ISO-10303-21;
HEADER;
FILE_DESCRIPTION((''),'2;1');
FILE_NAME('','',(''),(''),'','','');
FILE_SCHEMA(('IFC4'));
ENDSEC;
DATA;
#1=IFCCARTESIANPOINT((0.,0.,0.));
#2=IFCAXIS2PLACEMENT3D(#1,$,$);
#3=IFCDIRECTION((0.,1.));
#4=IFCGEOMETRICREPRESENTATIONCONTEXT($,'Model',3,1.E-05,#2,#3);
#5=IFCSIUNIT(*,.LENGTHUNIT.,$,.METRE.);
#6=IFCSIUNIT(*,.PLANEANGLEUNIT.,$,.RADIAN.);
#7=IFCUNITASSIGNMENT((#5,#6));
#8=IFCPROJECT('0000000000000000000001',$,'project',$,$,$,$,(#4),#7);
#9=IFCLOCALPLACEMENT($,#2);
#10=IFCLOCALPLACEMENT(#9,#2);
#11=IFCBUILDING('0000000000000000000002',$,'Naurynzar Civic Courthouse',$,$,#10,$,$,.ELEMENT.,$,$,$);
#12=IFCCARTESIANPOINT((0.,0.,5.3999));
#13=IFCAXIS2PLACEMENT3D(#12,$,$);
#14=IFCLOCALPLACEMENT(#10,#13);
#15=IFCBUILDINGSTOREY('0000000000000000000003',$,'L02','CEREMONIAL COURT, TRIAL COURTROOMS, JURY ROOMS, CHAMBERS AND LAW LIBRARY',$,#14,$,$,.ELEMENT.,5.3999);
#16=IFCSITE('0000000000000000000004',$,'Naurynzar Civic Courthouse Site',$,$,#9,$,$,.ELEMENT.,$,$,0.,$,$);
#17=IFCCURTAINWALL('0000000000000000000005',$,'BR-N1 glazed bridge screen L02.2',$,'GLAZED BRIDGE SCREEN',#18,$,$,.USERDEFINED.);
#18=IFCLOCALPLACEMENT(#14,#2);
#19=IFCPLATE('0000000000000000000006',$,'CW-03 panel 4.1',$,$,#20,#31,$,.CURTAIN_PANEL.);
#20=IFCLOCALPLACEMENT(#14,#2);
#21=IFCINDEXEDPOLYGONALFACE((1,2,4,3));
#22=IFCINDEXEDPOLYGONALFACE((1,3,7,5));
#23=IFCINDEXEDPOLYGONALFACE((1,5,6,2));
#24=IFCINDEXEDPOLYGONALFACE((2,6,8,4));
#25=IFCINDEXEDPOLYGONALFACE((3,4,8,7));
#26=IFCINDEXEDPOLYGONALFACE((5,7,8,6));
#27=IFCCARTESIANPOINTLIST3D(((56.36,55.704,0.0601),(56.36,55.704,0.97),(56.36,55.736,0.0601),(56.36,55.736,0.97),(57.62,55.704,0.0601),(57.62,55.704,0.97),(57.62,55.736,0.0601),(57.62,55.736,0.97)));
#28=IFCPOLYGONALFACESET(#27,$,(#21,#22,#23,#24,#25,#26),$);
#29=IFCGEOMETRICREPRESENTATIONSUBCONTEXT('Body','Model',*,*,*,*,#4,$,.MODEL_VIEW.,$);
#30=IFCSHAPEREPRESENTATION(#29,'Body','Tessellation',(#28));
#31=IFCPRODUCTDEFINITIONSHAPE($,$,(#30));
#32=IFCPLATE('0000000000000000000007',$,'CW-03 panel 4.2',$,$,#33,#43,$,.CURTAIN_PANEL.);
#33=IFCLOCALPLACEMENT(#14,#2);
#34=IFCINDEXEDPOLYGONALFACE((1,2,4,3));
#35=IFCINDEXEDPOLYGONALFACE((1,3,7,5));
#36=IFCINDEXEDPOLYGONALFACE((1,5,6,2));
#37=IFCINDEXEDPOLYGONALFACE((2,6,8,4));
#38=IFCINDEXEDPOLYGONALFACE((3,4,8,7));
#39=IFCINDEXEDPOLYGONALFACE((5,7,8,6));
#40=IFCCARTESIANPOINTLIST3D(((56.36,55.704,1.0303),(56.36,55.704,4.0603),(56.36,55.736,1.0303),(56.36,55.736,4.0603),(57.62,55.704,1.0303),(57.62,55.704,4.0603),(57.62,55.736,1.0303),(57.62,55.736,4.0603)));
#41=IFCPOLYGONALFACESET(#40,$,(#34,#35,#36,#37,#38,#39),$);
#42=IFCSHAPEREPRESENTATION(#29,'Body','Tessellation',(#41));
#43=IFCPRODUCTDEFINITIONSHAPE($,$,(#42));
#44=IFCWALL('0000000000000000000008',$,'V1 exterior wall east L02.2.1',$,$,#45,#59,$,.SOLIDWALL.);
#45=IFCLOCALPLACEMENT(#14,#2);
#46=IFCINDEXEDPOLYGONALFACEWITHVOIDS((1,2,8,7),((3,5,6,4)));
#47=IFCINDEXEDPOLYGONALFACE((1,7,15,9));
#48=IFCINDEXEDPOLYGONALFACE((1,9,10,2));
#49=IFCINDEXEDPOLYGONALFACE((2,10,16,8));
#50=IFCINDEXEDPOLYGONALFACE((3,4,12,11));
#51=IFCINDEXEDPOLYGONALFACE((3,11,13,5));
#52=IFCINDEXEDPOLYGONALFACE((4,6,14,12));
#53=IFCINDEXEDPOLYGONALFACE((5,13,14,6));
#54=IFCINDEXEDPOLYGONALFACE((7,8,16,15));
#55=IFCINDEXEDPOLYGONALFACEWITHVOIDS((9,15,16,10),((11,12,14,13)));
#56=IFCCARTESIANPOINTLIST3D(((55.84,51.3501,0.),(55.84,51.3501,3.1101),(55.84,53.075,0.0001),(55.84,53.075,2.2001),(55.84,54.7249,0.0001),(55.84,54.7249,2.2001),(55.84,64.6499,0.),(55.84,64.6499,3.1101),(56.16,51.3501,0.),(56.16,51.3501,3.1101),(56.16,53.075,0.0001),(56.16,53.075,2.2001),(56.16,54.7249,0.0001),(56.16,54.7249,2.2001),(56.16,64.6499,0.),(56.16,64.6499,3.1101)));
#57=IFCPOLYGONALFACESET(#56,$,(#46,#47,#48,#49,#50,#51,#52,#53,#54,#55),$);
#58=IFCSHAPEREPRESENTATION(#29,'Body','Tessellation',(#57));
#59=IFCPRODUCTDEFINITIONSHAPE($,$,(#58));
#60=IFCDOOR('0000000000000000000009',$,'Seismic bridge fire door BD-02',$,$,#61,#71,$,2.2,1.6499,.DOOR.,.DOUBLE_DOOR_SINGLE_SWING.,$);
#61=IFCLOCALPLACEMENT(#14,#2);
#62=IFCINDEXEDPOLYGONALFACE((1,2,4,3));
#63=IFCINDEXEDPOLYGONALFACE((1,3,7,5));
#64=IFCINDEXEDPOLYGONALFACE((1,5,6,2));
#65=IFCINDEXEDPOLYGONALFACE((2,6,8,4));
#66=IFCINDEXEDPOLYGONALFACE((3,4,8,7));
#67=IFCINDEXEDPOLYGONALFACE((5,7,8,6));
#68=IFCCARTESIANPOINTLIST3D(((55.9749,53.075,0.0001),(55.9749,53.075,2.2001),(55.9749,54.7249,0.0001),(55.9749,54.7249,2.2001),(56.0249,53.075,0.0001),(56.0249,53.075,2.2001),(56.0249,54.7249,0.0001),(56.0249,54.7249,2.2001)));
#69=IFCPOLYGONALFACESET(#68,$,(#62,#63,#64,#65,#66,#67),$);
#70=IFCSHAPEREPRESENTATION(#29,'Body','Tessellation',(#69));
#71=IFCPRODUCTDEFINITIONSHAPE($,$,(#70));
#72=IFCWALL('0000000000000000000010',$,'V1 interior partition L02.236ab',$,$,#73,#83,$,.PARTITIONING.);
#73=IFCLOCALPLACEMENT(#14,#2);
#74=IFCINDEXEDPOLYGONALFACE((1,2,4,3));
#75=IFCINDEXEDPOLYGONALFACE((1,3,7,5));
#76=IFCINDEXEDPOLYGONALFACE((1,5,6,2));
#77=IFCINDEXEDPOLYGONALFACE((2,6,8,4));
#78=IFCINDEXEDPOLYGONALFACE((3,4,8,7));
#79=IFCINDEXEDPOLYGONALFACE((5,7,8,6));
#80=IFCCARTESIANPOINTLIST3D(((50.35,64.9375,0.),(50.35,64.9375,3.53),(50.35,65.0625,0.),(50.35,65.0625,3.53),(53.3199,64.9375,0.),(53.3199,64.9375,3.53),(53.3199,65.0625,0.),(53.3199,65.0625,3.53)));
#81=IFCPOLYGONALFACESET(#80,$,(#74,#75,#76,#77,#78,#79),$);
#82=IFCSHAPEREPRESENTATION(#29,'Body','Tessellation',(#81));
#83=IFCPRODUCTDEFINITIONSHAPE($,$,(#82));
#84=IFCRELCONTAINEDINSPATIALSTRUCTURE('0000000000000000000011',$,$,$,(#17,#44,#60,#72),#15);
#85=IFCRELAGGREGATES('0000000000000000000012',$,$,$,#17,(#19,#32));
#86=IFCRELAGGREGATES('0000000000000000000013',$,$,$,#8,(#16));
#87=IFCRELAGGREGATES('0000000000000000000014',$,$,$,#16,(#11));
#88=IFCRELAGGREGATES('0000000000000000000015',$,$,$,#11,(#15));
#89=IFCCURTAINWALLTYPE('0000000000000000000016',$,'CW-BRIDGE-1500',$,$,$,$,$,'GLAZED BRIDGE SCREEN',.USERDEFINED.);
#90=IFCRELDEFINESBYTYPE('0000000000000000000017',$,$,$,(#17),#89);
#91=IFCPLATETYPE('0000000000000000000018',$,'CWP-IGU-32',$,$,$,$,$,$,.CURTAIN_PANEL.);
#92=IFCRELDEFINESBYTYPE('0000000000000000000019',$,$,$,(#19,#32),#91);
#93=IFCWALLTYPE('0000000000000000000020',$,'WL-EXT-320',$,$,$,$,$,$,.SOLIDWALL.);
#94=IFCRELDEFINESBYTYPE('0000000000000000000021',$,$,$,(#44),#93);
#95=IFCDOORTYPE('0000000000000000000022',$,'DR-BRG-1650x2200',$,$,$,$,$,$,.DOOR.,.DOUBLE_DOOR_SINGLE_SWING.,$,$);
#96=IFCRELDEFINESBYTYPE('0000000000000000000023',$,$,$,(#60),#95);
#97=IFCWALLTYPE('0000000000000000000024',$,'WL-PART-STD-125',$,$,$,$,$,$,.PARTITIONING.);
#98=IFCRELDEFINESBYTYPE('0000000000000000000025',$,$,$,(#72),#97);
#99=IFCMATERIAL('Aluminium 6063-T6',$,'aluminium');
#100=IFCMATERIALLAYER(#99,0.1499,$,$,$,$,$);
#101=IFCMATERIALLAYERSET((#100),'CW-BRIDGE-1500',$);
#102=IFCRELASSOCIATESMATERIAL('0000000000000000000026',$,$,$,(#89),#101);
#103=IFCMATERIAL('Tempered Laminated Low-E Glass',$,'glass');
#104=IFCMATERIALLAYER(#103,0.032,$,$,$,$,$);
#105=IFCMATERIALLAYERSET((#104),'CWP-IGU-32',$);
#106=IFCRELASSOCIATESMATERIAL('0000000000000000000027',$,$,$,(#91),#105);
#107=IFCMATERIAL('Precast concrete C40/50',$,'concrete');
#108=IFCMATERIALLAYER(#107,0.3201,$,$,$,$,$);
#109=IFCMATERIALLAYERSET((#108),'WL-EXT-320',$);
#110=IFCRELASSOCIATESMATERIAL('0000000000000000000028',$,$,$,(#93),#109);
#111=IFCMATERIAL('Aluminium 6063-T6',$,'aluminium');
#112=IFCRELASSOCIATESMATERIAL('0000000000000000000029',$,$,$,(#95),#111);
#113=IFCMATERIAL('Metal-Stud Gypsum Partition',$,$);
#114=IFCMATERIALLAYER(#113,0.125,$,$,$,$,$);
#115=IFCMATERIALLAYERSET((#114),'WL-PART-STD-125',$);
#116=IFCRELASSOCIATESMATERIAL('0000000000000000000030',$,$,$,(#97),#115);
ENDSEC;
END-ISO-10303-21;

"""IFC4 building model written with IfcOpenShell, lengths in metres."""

from ifc_helpers import new_model, si_unit, direction, frame, frame_2d, origin, origin_2d, place, context, subcontext, project, spatial, rectangle, extrude, material, layer, layer_set, type_object, element, fill, aggregate, save


model = new_model("IFC4")

# Units and contexts
model_context = context("Model", 3, precision=1e-05, world=origin(), true_north=direction((0.0, 1.0)))
body_context = subcontext(model_context, "Body", "Model", "MODEL_VIEW")
ifc_project = project(units=[si_unit("LENGTHUNIT", "METRE"), si_unit("PLANEANGLEUNIT", "RADIAN")], contexts=[model_context])

# Site, building, storey
site_placement = place(None, origin())
site = spatial("IfcSite", under=ifc_project, at=site_placement, Name="Naurynzar Civic Courthouse Site", CompositionType="ELEMENT", RefElevation=0.0)
building_placement = place(site_placement, origin())
building = spatial("IfcBuilding", under=site, at=building_placement, Name="Naurynzar Civic Courthouse", CompositionType="ELEMENT")
storey_placement = place(building_placement, frame((0.0, 0.0, 5.3999)))
storey = spatial("IfcBuildingStorey", under=building, at=storey_placement, Name="L02", Description="CEREMONIAL COURT, TRIAL COURTROOMS, JURY ROOMS, CHAMBERS AND LAW LIBRARY", CompositionType="ELEMENT", Elevation=5.3999)

# Curtain wall, plates
ifc_material_1 = material(Name="Aluminium 6063-T6", Category="aluminium")
ifc_layer_1 = layer(ifc_material_1, 0.1499)
ifc_layer_set_1 = layer_set([ifc_layer_1], Name="CW-BRIDGE-1500")
curtain_wall_type = type_object("IfcCurtainWallType", Name="CW-BRIDGE-1500", ElementType="GLAZED BRIDGE SCREEN", PredefinedType="USERDEFINED", material=ifc_layer_set_1)
curtain_wall_placement = place(storey_placement, origin())
curtain_wall = element("IfcCurtainWall", 1, at=curtain_wall_placement, inside=storey, type_object=curtain_wall_type, Name="BR-N1 glazed bridge screen L02.2", ObjectType="GLAZED BRIDGE SCREEN", PredefinedType="USERDEFINED")
ifc_material_2 = material(Name="Tempered Laminated Low-E Glass", Category="glass")
ifc_layer_2 = layer(ifc_material_2, 0.032)
ifc_layer_set_2 = layer_set([ifc_layer_2], Name="CWP-IGU-32")
plate_type = type_object("IfcPlateType", Name="CWP-IGU-32", PredefinedType="CURTAIN_PANEL", material=ifc_layer_set_2)
plate_1_placement = place(storey_placement, frame((56.99, 55.72, 0.0601), z_axis=(0.0, 0.0, 1.0), x_axis=(-1.0, 0.0, 0.0)))
plate_1 = element("IfcPlate", 2, at=plate_1_placement, type_object=plate_type, Name="CW-03 panel 4.1", PredefinedType="CURTAIN_PANEL", context=body_context, shape_type="SweptSolid", body=[
    extrude(rectangle(XDim=1.26, YDim=0.032, at=origin_2d()), origin(), (0.0, 0.0, 1.0), 0.9099),
])
plate_2_placement = place(storey_placement, frame((56.99, 55.72, 1.0303), z_axis=(0.0, 0.0, 1.0), x_axis=(-1.0, 0.0, 0.0)))
plate_2 = element("IfcPlate", 3, at=plate_2_placement, type_object=plate_type, Name="CW-03 panel 4.2", PredefinedType="CURTAIN_PANEL", context=body_context, shape_type="SweptSolid", body=[
    extrude(rectangle(XDim=1.26, YDim=0.032, at=origin_2d()), origin(), (0.0, 0.0, 1.0), 3.03),
])
aggregate(curtain_wall, [plate_1, plate_2])

# Wall, opening, door
ifc_material_3 = material(Name="Precast concrete C40/50", Category="concrete")
ifc_layer_3 = layer(ifc_material_3, 0.3201)
ifc_layer_set_3 = layer_set([ifc_layer_3], Name="WL-EXT-320")
wall_type_1 = type_object("IfcWallType", Name="WL-EXT-320", PredefinedType="SOLIDWALL", material=ifc_layer_set_3)
wall_1_placement = place(storey_placement, frame((56.0, 64.6499, 0.0), z_axis=(0.0, 0.0, 1.0), x_axis=(0.0, -1.0, 0.0)))
wall_1 = element("IfcWall", 4, at=wall_1_placement, inside=storey, type_object=wall_type_1, Name="V1 exterior wall east L02.2.1", PredefinedType="SOLIDWALL", context=body_context, shape_type="SweptSolid", body=[
    extrude(rectangle(XDim=13.2998, YDim=0.3201, at=frame_2d((6.6499, 0.0))), origin(), (0.0, 0.0, 1.0), 3.1101),
])
opening_placement = place(wall_1_placement, frame((9.925, 0.0, 0.0)))
opening = element("IfcOpeningElement", 5, at=opening_placement, cuts=wall_1, PredefinedType="OPENING", context=body_context, shape_type="SweptSolid", body=[
    extrude(rectangle(XDim=1.6499, YDim=2.2, at=frame_2d((0.825, 1.1001))), frame((0.0, 0.1699, 0.0), z_axis=(0.0, -1.0, 0.0), x_axis=(1.0, 0.0, 0.0)), (0.0, 0.0, 1.0), 0.3401),
])
ifc_material_4 = material(Name="Aluminium 6063-T6", Category="aluminium")
door_type = type_object("IfcDoorType", Name="DR-BRG-1650x2200", OperationType="DOUBLE_DOOR_SINGLE_SWING", PredefinedType="DOOR", material=ifc_material_4)
door_placement = place(opening_placement, origin())
door = element("IfcDoor", 6, at=door_placement, inside=storey, type_object=door_type, Name="Seismic bridge fire door BD-02", OperationType="DOUBLE_DOOR_SINGLE_SWING", OverallHeight=2.2, OverallWidth=1.6499, PredefinedType="DOOR", context=body_context, shape_type="SweptSolid", body=[
    extrude(rectangle(XDim=1.6499, YDim=2.2, at=frame_2d((0.825, 1.1001))), frame((0.0, 0.0249, 0.0), z_axis=(0.0, -1.0, 0.0), x_axis=(1.0, 0.0, 0.0)), (0.0, 0.0, 1.0), 0.05),
])
fill(opening, door)

# Wall
ifc_material_5 = material(Name="Metal-Stud Gypsum Partition")
ifc_layer_4 = layer(ifc_material_5, 0.125)
ifc_layer_set_4 = layer_set([ifc_layer_4], Name="WL-PART-STD-125")
wall_type_2 = type_object("IfcWallType", Name="WL-PART-STD-125", PredefinedType="PARTITIONING", material=ifc_layer_set_4)
wall_2_placement = place(storey_placement, frame((50.3501, 65.0, 0.0), z_axis=(0.0, 0.0, 1.0), x_axis=(1.0, 0.0, 0.0)))
element("IfcWall", 7, at=wall_2_placement, inside=storey, type_object=wall_type_2, Name="V1 interior partition L02.236ab", PredefinedType="PARTITIONING", context=body_context, shape_type="SweptSolid", body=[
    extrude(rectangle(XDim=2.97, YDim=0.125, at=frame_2d((1.4849, 0.0))), origin(), (0.0, 0.0, 1.0), 3.53),
])

save(model, "model.ifc")
